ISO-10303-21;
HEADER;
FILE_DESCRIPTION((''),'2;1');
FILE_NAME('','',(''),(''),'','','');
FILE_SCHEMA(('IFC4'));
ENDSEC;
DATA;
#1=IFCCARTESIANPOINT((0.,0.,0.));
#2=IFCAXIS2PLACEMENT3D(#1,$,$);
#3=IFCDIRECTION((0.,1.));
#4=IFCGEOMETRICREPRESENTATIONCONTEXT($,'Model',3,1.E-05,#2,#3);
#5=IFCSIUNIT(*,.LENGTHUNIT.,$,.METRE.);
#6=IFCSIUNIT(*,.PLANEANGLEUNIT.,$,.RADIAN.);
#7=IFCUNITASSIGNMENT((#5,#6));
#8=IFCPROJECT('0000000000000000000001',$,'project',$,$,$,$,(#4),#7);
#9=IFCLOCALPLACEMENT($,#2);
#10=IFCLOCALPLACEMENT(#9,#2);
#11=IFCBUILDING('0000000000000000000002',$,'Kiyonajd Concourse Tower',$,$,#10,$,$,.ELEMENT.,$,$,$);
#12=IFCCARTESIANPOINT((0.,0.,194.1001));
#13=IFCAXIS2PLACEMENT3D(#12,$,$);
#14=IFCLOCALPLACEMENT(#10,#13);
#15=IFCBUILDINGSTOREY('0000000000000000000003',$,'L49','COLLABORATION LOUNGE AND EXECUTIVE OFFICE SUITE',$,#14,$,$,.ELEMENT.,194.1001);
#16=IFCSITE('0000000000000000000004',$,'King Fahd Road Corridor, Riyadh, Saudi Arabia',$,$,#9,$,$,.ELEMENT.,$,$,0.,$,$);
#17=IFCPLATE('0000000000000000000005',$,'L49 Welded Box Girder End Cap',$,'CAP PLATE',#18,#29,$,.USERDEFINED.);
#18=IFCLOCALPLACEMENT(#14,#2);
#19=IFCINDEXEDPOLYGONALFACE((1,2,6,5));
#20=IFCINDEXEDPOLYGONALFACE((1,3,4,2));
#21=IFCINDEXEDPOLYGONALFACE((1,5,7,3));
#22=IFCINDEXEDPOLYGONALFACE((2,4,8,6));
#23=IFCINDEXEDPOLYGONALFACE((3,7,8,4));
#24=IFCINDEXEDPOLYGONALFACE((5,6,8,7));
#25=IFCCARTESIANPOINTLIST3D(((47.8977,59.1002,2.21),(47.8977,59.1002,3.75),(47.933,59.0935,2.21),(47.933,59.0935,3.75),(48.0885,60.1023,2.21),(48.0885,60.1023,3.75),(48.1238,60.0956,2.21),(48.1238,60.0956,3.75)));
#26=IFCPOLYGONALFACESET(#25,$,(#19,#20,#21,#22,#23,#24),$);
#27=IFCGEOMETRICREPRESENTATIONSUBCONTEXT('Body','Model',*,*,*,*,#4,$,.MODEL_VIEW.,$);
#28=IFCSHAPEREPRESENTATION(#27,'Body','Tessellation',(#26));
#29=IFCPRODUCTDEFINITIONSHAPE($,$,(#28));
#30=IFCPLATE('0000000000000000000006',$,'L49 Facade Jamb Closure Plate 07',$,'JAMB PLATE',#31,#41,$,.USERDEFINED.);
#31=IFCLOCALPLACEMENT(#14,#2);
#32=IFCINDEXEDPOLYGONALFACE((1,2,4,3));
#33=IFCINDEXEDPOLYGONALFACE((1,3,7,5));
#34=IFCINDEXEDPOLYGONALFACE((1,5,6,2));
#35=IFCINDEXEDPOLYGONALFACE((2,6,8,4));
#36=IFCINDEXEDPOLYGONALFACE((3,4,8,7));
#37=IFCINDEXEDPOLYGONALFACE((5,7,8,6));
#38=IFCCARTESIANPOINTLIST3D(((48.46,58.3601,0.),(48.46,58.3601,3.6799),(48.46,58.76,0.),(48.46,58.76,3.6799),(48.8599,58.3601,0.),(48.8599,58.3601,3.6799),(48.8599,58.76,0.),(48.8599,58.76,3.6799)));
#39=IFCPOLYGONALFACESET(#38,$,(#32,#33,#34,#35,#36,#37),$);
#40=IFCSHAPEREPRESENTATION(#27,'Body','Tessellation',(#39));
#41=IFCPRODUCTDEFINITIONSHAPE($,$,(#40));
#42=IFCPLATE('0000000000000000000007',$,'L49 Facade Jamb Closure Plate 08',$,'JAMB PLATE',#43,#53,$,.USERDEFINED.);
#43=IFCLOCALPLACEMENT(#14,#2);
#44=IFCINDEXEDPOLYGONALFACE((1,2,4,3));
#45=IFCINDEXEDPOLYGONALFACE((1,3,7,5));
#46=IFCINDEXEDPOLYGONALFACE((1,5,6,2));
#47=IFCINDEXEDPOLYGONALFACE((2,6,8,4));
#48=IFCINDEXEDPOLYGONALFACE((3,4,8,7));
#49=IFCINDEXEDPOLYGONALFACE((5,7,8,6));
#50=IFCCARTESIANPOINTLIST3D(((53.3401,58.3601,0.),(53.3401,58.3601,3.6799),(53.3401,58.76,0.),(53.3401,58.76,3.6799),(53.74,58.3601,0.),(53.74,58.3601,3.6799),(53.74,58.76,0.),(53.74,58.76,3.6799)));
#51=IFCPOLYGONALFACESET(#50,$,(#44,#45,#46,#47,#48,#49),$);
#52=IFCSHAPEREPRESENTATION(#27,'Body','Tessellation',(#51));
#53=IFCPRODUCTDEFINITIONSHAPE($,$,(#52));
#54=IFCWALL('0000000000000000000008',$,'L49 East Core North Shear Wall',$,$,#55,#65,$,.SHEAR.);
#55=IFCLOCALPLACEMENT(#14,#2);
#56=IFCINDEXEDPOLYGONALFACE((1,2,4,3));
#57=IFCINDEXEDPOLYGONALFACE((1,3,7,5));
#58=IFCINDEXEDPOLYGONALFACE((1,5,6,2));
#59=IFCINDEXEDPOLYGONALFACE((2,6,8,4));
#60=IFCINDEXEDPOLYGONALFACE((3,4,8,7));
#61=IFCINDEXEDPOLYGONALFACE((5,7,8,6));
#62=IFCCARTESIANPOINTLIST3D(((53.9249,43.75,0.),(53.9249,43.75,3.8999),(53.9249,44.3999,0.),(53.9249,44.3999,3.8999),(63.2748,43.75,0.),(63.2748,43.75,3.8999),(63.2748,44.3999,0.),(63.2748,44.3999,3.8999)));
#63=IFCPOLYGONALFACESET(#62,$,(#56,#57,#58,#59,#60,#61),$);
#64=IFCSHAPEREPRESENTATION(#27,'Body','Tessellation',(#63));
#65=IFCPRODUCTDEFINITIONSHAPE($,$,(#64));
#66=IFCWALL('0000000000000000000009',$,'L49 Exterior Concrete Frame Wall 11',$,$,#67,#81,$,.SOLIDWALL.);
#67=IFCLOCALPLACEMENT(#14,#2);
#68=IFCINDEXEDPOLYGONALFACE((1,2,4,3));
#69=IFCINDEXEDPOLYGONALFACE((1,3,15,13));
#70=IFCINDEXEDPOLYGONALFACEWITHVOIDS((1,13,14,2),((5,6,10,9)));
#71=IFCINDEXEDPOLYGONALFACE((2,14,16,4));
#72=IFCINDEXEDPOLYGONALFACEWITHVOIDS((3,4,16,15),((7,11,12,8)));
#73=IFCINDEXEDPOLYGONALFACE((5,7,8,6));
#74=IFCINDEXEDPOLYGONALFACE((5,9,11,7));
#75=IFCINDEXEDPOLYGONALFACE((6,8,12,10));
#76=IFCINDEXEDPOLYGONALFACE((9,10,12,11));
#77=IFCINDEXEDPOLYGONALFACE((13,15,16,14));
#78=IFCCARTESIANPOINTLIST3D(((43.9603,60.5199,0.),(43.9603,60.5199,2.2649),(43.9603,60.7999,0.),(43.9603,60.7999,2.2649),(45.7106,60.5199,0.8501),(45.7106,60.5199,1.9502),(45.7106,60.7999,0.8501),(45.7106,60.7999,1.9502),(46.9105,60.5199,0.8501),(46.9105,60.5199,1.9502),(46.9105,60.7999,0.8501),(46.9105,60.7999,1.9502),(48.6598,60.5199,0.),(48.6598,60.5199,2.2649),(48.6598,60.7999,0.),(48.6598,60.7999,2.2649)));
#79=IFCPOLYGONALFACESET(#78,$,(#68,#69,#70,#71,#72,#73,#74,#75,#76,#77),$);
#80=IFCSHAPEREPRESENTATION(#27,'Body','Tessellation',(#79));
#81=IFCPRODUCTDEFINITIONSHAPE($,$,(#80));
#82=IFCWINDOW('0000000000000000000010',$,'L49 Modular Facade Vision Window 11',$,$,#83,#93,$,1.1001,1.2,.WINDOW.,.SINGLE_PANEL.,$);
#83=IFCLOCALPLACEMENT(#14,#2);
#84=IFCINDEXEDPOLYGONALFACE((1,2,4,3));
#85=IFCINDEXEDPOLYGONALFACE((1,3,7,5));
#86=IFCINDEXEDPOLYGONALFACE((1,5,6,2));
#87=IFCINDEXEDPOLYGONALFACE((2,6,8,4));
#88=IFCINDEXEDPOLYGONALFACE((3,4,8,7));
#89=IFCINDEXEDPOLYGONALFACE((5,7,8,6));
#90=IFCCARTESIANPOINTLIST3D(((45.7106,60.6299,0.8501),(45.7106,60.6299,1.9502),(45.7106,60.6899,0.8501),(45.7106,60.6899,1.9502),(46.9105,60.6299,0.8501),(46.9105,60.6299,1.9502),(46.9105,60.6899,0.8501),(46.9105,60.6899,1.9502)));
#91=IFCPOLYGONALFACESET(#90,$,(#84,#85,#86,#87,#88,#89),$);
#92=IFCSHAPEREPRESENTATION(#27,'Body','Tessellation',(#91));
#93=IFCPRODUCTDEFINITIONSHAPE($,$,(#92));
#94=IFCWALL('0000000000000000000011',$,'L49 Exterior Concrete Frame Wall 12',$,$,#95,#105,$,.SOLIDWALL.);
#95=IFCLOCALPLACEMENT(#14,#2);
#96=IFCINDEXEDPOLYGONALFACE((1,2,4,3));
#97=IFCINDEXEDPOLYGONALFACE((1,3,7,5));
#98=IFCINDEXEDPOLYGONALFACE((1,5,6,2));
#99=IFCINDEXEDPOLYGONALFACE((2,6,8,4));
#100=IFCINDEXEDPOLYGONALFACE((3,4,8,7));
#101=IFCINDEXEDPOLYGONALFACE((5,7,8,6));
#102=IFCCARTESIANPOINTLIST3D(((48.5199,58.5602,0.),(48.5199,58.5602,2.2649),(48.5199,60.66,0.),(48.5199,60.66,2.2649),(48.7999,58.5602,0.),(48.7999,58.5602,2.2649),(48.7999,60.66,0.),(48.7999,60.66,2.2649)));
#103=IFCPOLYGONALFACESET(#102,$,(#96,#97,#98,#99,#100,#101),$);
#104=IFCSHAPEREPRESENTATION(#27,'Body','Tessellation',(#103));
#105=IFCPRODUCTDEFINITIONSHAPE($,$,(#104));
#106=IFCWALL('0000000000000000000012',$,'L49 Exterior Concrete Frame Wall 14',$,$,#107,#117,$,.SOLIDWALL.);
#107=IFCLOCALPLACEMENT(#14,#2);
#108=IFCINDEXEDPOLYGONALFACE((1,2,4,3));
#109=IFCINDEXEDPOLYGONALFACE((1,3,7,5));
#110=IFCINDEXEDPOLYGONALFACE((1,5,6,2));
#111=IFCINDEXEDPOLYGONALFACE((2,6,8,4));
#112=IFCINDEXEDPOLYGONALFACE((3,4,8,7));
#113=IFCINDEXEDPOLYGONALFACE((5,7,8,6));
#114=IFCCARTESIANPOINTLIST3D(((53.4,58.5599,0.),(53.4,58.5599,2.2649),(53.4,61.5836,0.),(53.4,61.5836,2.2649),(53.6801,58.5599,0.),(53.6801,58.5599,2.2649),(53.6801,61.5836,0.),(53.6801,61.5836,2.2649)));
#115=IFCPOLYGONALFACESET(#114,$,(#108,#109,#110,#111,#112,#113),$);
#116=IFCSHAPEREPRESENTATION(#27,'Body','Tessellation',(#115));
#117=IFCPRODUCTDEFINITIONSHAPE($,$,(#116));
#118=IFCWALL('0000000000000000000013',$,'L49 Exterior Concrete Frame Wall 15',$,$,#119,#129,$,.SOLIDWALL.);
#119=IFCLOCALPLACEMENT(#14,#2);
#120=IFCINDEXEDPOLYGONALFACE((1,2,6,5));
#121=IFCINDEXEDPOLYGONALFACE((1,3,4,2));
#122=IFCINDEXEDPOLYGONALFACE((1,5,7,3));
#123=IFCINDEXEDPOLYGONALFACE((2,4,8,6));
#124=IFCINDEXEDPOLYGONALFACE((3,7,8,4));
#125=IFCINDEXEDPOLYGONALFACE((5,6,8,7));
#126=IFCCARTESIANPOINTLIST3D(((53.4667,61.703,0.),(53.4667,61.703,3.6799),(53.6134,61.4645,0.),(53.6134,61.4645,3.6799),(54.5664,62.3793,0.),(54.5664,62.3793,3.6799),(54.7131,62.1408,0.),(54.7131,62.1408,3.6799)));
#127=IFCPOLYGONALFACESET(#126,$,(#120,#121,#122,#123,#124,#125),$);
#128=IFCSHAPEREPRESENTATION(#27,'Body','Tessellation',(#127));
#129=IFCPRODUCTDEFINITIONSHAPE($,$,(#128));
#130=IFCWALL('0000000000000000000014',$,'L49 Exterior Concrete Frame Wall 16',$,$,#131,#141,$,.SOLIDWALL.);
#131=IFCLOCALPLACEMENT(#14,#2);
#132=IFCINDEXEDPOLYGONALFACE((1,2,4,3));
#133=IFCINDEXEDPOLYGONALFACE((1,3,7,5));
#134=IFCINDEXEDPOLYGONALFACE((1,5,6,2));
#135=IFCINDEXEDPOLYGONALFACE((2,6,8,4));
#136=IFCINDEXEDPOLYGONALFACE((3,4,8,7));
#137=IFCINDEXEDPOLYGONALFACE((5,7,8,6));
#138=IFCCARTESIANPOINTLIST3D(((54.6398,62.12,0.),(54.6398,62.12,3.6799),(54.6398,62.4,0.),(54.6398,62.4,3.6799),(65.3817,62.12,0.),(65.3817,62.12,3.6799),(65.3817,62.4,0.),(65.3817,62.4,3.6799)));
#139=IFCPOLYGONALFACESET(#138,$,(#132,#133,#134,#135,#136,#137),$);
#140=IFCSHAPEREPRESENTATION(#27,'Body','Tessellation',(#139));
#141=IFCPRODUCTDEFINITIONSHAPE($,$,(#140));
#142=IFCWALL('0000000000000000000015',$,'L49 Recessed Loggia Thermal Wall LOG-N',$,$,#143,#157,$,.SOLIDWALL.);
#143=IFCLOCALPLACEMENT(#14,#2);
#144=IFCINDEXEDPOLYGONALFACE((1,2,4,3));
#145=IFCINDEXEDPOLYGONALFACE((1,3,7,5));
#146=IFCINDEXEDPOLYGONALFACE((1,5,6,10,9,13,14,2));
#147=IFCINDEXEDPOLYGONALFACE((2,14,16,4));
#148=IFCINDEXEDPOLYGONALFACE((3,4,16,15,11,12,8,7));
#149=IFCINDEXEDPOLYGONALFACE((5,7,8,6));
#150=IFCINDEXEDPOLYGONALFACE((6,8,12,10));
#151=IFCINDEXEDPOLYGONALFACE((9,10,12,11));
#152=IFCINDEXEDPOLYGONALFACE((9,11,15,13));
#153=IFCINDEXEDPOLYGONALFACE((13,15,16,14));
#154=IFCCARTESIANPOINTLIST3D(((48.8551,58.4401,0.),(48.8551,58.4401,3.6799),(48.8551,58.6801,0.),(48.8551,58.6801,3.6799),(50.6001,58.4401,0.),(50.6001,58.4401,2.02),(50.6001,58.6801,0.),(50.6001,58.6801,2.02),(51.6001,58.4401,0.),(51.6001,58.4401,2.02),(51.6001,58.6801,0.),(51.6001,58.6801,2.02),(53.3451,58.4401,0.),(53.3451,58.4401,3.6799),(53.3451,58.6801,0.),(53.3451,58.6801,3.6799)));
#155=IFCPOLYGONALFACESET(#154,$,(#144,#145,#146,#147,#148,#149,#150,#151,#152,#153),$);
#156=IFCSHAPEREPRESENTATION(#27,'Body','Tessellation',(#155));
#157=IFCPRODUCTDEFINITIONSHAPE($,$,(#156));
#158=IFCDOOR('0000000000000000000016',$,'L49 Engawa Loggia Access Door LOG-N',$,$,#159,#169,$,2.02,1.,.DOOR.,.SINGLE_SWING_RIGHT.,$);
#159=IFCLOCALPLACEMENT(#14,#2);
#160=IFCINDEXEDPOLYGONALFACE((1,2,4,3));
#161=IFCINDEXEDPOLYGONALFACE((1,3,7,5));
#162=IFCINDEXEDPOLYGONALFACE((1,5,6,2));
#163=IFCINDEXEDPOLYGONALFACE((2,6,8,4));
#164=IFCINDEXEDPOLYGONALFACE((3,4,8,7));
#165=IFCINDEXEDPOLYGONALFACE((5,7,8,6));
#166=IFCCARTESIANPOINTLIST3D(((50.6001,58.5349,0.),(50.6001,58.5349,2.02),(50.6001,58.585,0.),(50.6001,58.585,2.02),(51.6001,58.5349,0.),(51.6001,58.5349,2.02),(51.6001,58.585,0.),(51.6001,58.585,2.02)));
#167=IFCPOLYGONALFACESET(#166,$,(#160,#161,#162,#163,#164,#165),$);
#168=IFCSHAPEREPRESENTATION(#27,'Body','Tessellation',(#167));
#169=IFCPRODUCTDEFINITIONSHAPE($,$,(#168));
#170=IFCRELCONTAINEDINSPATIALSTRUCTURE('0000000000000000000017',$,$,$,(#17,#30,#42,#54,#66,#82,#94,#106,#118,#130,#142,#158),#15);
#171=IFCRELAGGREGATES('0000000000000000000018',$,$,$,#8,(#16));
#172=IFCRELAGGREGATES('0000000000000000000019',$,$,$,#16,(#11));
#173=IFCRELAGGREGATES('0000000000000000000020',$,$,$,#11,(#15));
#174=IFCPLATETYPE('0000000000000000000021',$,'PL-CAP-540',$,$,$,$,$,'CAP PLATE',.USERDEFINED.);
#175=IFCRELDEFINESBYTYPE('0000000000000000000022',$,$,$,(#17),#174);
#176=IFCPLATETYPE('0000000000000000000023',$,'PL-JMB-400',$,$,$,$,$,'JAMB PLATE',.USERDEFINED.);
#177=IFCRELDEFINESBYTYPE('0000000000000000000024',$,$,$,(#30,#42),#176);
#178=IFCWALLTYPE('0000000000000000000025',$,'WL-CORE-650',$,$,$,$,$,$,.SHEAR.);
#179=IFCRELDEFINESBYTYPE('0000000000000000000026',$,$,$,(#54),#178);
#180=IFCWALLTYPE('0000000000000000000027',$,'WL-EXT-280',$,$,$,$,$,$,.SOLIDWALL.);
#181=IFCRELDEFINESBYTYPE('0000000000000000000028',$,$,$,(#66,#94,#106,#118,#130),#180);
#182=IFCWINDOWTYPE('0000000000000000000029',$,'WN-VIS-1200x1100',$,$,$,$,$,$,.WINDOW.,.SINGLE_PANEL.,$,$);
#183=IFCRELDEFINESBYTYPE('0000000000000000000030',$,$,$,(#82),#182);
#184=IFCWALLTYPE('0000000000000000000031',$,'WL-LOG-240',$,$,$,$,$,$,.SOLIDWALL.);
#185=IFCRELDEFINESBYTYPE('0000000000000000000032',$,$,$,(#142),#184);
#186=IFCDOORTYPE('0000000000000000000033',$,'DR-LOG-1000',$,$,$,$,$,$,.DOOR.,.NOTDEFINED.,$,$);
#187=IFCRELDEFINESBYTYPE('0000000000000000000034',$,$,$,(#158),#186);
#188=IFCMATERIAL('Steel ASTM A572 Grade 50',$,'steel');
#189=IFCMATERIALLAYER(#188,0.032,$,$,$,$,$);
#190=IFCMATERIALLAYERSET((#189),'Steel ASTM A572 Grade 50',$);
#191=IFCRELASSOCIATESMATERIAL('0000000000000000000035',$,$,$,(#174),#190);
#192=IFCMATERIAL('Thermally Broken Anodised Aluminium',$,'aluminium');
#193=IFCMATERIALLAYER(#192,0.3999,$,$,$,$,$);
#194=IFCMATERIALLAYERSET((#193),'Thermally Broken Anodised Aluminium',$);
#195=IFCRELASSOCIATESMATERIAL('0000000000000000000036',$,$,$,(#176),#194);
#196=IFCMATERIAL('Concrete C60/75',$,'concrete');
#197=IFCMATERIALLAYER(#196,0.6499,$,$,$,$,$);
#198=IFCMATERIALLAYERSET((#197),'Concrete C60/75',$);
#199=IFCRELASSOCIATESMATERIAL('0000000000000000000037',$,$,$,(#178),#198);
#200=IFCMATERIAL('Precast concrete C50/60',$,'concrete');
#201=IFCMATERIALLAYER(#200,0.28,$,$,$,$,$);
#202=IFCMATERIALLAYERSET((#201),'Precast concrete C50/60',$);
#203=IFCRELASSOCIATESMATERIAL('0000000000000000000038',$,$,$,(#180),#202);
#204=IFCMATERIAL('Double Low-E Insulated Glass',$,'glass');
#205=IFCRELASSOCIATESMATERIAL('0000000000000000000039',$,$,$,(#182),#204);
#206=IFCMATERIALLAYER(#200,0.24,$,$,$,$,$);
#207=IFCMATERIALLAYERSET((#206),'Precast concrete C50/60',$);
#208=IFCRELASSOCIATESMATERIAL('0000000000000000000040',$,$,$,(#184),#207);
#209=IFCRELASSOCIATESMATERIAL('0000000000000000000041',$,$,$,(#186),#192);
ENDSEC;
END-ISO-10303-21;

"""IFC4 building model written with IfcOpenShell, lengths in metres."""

from ifc_helpers import new_model, si_unit, direction, frame, frame_2d, origin, origin_2d, place, context, subcontext, project, spatial, rectangle, extrude, material, layer, layer_set, type_object, element, fill, save


model = new_model("IFC4")

# Units and contexts
model_context = context("Model", 3, precision=1e-05, world=origin(), true_north=direction((0.0, 1.0)))
body_context = subcontext(model_context, "Body", "Model", "MODEL_VIEW")
ifc_project = project(units=[si_unit("LENGTHUNIT", "METRE"), si_unit("PLANEANGLEUNIT", "RADIAN")], contexts=[model_context])

# Site, building, storey
site_placement = place(None, origin())
site = spatial("IfcSite", under=ifc_project, at=site_placement, Name="King Fahd Road Corridor, Riyadh, Saudi Arabia", CompositionType="ELEMENT", RefElevation=0.0)
building_placement = place(site_placement, origin())
building = spatial("IfcBuilding", under=site, at=building_placement, Name="Kiyonajd Concourse Tower", CompositionType="ELEMENT")
storey_placement = place(building_placement, frame((0.0, 0.0, 194.1001)))
storey = spatial("IfcBuildingStorey", under=building, at=storey_placement, Name="L49", Description="COLLABORATION LOUNGE AND EXECUTIVE OFFICE SUITE", CompositionType="ELEMENT", Elevation=194.1001)

# Shared definitions
ifc_material_1 = material(Name="Steel ASTM A572 Grade 50", Category="steel")

# Plates
ifc_layer_1 = layer(ifc_material_1, 0.032)
ifc_layer_set_1 = layer_set([ifc_layer_1], Name="Steel ASTM A572 Grade 50")
plate_type_1 = type_object("IfcPlateType", Name="PL-CAP-540", ElementType="CAP PLATE", PredefinedType="USERDEFINED", material=ifc_layer_set_1)
for number, where, z_axis, x_axis, name in (
    (1, (48.0107, 59.5979, 2.21), (0.0, 0.0, 1.0), (0.982353, -0.187038, 0.0), "L49 Welded Box Girder End Cap"),
):
    element("IfcPlate", number, at=place(storey_placement, frame(where, z_axis=z_axis, x_axis=x_axis)), inside=storey, type_object=plate_type_1, Name=name, ObjectType="CAP PLATE", PredefinedType="USERDEFINED", context=body_context, shape_type="SweptSolid", body=[
        extrude(rectangle(XDim=0.0359, YDim=1.02, at=origin_2d()), origin(), (0.0, 0.0, 1.0), 1.54),
    ])
ifc_material_2 = material(Name="Thermally Broken Anodised Aluminium", Category="aluminium")
ifc_layer_2 = layer(ifc_material_2, 0.3999)
ifc_layer_set_2 = layer_set([ifc_layer_2], Name="Thermally Broken Anodised Aluminium")
plate_type_2 = type_object("IfcPlateType", Name="PL-JMB-400", ElementType="JAMB PLATE", PredefinedType="USERDEFINED", material=ifc_layer_set_2)
for number, where, z_axis, x_axis, name in (
    (2, (48.6599, 58.5601, 0.0), (0.0, 0.0, 1.0), (1.0, 0.0, 0.0), "L49 Facade Jamb Closure Plate 07"),
    (3, (53.54, 58.5601, 0.0), (0.0, 0.0, 1.0), (1.0, 0.0, 0.0), "L49 Facade Jamb Closure Plate 08"),
):
    element("IfcPlate", number, at=place(storey_placement, frame(where, z_axis=z_axis, x_axis=x_axis)), inside=storey, type_object=plate_type_2, Name=name, ObjectType="JAMB PLATE", PredefinedType="USERDEFINED", context=body_context, shape_type="SweptSolid", body=[
        extrude(rectangle(XDim=0.3999, YDim=0.3999, at=origin_2d()), origin(), (0.0, 0.0, 1.0), 3.6799),
    ])

# Wall
ifc_material_3 = material(Name="Concrete C60/75", Category="concrete")
ifc_layer_3 = layer(ifc_material_3, 0.6499)
ifc_layer_set_3 = layer_set([ifc_layer_3], Name="Concrete C60/75")
wall_type_1 = type_object("IfcWallType", Name="WL-CORE-650", PredefinedType="SHEAR", material=ifc_layer_set_3)
wall_1_placement = place(storey_placement, frame((53.925, 44.075, 0.0), z_axis=(0.0, 0.0, 1.0), x_axis=(1.0, 0.0, 0.0)))
element("IfcWall", 4, at=wall_1_placement, inside=storey, type_object=wall_type_1, Name="L49 East Core North Shear Wall", PredefinedType="SHEAR", context=body_context, shape_type="SweptSolid", body=[
    extrude(rectangle(XDim=9.3499, YDim=0.6499, at=frame_2d((4.6748, 0.0))), origin(), (0.0, 0.0, 1.0), 3.8999),
])

# Wall, opening, window
ifc_material_4 = material(Name="Precast concrete C50/60", Category="concrete")
ifc_layer_4 = layer(ifc_material_4, 0.28)
ifc_layer_set_4 = layer_set([ifc_layer_4], Name="Precast concrete C50/60")
wall_type_2 = type_object("IfcWallType", Name="WL-EXT-280", PredefinedType="SOLIDWALL", material=ifc_layer_set_4)
wall_2_placement = place(storey_placement, frame((43.9604, 60.6599, 0.0), z_axis=(0.0, 0.0, 1.0), x_axis=(1.0, 0.0, 0.0)))
wall_2 = element("IfcWall", 5, at=wall_2_placement, inside=storey, type_object=wall_type_2, Name="L49 Exterior Concrete Frame Wall 11", PredefinedType="SOLIDWALL", context=body_context, shape_type="SweptSolid", body=[
    extrude(rectangle(XDim=4.6995, YDim=0.28, at=frame_2d((2.3496, 0.0))), origin(), (0.0, 0.0, 1.0), 2.2649),
])
opening_1_placement = place(wall_2_placement, frame((1.75, 0.0, 0.8501)))
opening_1 = element("IfcOpeningElement", 6, at=opening_1_placement, cuts=wall_2, PredefinedType="OPENING", context=body_context, shape_type="SweptSolid", body=[
    extrude(rectangle(XDim=1.2, YDim=1.1001, at=frame_2d((0.6001, 0.55))), frame((0.0, 0.1499, 0.0), z_axis=(0.0, -1.0, 0.0), x_axis=(1.0, 0.0, 0.0)), (0.0, 0.0, 1.0), 0.3),
])
ifc_material_5 = material(Name="Double Low-E Insulated Glass", Category="glass")
window_type = type_object("IfcWindowType", Name="WN-VIS-1200x1100", PartitioningType="SINGLE_PANEL", PredefinedType="WINDOW", material=ifc_material_5)
window_placement = place(opening_1_placement, origin())
window = element("IfcWindow", 7, at=window_placement, inside=storey, type_object=window_type, Name="L49 Modular Facade Vision Window 11", OverallHeight=1.1001, OverallWidth=1.2, PartitioningType="SINGLE_PANEL", PredefinedType="WINDOW", context=body_context, shape_type="SweptSolid", body=[
    extrude(rectangle(XDim=1.2, YDim=1.1001, at=frame_2d((0.6001, 0.55))), frame((0.0, 0.03, 0.0), z_axis=(0.0, -1.0, 0.0), x_axis=(1.0, 0.0, 0.0)), (0.0, 0.0, 1.0), 0.0601),
])
fill(opening_1, window)

# Walls
wall_3_placement = place(storey_placement, frame((48.6599, 60.6599, 0.0), z_axis=(0.0, 0.0, 1.0), x_axis=(0.0, -1.0, 0.0)))
element("IfcWall", 8, at=wall_3_placement, inside=storey, type_object=wall_type_2, Name="L49 Exterior Concrete Frame Wall 12", PredefinedType="SOLIDWALL", context=body_context, shape_type="SweptSolid", body=[
    extrude(rectangle(XDim=2.0999, YDim=0.28, at=frame_2d((1.0498, 0.0))), origin(), (0.0, 0.0, 1.0), 2.2649),
])
wall_4_placement = place(storey_placement, frame((53.54, 58.5601, 0.0), z_axis=(0.0, 0.0, 1.0), x_axis=(0.0, 1.0, 0.0)))
element("IfcWall", 9, at=wall_4_placement, inside=storey, type_object=wall_type_2, Name="L49 Exterior Concrete Frame Wall 14", PredefinedType="SOLIDWALL", context=body_context, shape_type="SweptSolid", body=[
    extrude(rectangle(XDim=3.0237, YDim=0.28, at=frame_2d((1.5117, 0.0))), origin(), (0.0, 0.0, 1.0), 2.2649),
])
wall_5_placement = place(storey_placement, frame((53.54, 61.5837, 0.0), z_axis=(0.0, 0.0, 1.0), x_axis=(0.851801, 0.523865, 0.0)))
element("IfcWall", 10, at=wall_5_placement, inside=storey, type_object=wall_type_2, Name="L49 Exterior Concrete Frame Wall 15", PredefinedType="SOLIDWALL", context=body_context, shape_type="SweptSolid", body=[
    extrude(rectangle(XDim=1.291, YDim=0.28, at=frame_2d((0.6455, 0.0))), origin(), (0.0, 0.0, 1.0), 3.6799),
])
wall_6_placement = place(storey_placement, frame((54.6396, 62.26, 0.0), z_axis=(0.0, 0.0, 1.0), x_axis=(1.0, 0.0, 0.0)))
element("IfcWall", 11, at=wall_6_placement, inside=storey, type_object=wall_type_2, Name="L49 Exterior Concrete Frame Wall 16", PredefinedType="SOLIDWALL", context=body_context, shape_type="SweptSolid", body=[
    extrude(rectangle(XDim=10.7419, YDim=0.28, at=frame_2d((5.3711, 0.0))), origin(), (0.0, 0.0, 1.0), 3.6799),
])

# Wall, opening, door
ifc_layer_5 = layer(ifc_material_4, 0.24)
ifc_layer_set_5 = layer_set([ifc_layer_5], Name="Precast concrete C50/60")
wall_type_3 = type_object("IfcWallType", Name="WL-LOG-240", PredefinedType="SOLIDWALL", material=ifc_layer_set_5)
wall_7_placement = place(storey_placement, frame((48.855, 58.5601, 0.0), z_axis=(0.0, 0.0, 1.0), x_axis=(1.0, 0.0, 0.0)))
wall_7 = element("IfcWall", 12, at=wall_7_placement, inside=storey, type_object=wall_type_3, Name="L49 Recessed Loggia Thermal Wall LOG-N", PredefinedType="SOLIDWALL", context=body_context, shape_type="SweptSolid", body=[
    extrude(rectangle(XDim=4.49, YDim=0.24, at=frame_2d((2.2451, 0.0))), origin(), (0.0, 0.0, 1.0), 3.6799),
])
opening_2_placement = place(wall_7_placement, frame((1.7451, 0.0, 0.0)))
opening_2 = element("IfcOpeningElement", 13, at=opening_2_placement, cuts=wall_7, PredefinedType="OPENING", context=body_context, shape_type="SweptSolid", body=[
    extrude(rectangle(XDim=1.0, YDim=2.02, at=frame_2d((0.5, 1.01))), frame((0.0, 0.1299, 0.0), z_axis=(0.0, -1.0, 0.0), x_axis=(1.0, 0.0, 0.0)), (0.0, 0.0, 1.0), 0.26),
])
door_type = type_object("IfcDoorType", Name="DR-LOG-1000", OperationType="NOTDEFINED", PredefinedType="DOOR", material=ifc_material_2)
door_placement = place(opening_2_placement, origin())
door = element("IfcDoor", 14, at=door_placement, inside=storey, type_object=door_type, Name="L49 Engawa Loggia Access Door LOG-N", OperationType="SINGLE_SWING_RIGHT", OverallHeight=2.02, OverallWidth=1.0, PredefinedType="DOOR", context=body_context, shape_type="SweptSolid", body=[
    extrude(rectangle(XDim=1.0, YDim=2.02, at=frame_2d((0.5, 1.01))), frame((0.0, 0.0249, 0.0), z_axis=(0.0, -1.0, 0.0), x_axis=(1.0, 0.0, 0.0)), (0.0, 0.0, 1.0), 0.05),
])
fill(opening_2, door)

save(model, "model.ifc")
